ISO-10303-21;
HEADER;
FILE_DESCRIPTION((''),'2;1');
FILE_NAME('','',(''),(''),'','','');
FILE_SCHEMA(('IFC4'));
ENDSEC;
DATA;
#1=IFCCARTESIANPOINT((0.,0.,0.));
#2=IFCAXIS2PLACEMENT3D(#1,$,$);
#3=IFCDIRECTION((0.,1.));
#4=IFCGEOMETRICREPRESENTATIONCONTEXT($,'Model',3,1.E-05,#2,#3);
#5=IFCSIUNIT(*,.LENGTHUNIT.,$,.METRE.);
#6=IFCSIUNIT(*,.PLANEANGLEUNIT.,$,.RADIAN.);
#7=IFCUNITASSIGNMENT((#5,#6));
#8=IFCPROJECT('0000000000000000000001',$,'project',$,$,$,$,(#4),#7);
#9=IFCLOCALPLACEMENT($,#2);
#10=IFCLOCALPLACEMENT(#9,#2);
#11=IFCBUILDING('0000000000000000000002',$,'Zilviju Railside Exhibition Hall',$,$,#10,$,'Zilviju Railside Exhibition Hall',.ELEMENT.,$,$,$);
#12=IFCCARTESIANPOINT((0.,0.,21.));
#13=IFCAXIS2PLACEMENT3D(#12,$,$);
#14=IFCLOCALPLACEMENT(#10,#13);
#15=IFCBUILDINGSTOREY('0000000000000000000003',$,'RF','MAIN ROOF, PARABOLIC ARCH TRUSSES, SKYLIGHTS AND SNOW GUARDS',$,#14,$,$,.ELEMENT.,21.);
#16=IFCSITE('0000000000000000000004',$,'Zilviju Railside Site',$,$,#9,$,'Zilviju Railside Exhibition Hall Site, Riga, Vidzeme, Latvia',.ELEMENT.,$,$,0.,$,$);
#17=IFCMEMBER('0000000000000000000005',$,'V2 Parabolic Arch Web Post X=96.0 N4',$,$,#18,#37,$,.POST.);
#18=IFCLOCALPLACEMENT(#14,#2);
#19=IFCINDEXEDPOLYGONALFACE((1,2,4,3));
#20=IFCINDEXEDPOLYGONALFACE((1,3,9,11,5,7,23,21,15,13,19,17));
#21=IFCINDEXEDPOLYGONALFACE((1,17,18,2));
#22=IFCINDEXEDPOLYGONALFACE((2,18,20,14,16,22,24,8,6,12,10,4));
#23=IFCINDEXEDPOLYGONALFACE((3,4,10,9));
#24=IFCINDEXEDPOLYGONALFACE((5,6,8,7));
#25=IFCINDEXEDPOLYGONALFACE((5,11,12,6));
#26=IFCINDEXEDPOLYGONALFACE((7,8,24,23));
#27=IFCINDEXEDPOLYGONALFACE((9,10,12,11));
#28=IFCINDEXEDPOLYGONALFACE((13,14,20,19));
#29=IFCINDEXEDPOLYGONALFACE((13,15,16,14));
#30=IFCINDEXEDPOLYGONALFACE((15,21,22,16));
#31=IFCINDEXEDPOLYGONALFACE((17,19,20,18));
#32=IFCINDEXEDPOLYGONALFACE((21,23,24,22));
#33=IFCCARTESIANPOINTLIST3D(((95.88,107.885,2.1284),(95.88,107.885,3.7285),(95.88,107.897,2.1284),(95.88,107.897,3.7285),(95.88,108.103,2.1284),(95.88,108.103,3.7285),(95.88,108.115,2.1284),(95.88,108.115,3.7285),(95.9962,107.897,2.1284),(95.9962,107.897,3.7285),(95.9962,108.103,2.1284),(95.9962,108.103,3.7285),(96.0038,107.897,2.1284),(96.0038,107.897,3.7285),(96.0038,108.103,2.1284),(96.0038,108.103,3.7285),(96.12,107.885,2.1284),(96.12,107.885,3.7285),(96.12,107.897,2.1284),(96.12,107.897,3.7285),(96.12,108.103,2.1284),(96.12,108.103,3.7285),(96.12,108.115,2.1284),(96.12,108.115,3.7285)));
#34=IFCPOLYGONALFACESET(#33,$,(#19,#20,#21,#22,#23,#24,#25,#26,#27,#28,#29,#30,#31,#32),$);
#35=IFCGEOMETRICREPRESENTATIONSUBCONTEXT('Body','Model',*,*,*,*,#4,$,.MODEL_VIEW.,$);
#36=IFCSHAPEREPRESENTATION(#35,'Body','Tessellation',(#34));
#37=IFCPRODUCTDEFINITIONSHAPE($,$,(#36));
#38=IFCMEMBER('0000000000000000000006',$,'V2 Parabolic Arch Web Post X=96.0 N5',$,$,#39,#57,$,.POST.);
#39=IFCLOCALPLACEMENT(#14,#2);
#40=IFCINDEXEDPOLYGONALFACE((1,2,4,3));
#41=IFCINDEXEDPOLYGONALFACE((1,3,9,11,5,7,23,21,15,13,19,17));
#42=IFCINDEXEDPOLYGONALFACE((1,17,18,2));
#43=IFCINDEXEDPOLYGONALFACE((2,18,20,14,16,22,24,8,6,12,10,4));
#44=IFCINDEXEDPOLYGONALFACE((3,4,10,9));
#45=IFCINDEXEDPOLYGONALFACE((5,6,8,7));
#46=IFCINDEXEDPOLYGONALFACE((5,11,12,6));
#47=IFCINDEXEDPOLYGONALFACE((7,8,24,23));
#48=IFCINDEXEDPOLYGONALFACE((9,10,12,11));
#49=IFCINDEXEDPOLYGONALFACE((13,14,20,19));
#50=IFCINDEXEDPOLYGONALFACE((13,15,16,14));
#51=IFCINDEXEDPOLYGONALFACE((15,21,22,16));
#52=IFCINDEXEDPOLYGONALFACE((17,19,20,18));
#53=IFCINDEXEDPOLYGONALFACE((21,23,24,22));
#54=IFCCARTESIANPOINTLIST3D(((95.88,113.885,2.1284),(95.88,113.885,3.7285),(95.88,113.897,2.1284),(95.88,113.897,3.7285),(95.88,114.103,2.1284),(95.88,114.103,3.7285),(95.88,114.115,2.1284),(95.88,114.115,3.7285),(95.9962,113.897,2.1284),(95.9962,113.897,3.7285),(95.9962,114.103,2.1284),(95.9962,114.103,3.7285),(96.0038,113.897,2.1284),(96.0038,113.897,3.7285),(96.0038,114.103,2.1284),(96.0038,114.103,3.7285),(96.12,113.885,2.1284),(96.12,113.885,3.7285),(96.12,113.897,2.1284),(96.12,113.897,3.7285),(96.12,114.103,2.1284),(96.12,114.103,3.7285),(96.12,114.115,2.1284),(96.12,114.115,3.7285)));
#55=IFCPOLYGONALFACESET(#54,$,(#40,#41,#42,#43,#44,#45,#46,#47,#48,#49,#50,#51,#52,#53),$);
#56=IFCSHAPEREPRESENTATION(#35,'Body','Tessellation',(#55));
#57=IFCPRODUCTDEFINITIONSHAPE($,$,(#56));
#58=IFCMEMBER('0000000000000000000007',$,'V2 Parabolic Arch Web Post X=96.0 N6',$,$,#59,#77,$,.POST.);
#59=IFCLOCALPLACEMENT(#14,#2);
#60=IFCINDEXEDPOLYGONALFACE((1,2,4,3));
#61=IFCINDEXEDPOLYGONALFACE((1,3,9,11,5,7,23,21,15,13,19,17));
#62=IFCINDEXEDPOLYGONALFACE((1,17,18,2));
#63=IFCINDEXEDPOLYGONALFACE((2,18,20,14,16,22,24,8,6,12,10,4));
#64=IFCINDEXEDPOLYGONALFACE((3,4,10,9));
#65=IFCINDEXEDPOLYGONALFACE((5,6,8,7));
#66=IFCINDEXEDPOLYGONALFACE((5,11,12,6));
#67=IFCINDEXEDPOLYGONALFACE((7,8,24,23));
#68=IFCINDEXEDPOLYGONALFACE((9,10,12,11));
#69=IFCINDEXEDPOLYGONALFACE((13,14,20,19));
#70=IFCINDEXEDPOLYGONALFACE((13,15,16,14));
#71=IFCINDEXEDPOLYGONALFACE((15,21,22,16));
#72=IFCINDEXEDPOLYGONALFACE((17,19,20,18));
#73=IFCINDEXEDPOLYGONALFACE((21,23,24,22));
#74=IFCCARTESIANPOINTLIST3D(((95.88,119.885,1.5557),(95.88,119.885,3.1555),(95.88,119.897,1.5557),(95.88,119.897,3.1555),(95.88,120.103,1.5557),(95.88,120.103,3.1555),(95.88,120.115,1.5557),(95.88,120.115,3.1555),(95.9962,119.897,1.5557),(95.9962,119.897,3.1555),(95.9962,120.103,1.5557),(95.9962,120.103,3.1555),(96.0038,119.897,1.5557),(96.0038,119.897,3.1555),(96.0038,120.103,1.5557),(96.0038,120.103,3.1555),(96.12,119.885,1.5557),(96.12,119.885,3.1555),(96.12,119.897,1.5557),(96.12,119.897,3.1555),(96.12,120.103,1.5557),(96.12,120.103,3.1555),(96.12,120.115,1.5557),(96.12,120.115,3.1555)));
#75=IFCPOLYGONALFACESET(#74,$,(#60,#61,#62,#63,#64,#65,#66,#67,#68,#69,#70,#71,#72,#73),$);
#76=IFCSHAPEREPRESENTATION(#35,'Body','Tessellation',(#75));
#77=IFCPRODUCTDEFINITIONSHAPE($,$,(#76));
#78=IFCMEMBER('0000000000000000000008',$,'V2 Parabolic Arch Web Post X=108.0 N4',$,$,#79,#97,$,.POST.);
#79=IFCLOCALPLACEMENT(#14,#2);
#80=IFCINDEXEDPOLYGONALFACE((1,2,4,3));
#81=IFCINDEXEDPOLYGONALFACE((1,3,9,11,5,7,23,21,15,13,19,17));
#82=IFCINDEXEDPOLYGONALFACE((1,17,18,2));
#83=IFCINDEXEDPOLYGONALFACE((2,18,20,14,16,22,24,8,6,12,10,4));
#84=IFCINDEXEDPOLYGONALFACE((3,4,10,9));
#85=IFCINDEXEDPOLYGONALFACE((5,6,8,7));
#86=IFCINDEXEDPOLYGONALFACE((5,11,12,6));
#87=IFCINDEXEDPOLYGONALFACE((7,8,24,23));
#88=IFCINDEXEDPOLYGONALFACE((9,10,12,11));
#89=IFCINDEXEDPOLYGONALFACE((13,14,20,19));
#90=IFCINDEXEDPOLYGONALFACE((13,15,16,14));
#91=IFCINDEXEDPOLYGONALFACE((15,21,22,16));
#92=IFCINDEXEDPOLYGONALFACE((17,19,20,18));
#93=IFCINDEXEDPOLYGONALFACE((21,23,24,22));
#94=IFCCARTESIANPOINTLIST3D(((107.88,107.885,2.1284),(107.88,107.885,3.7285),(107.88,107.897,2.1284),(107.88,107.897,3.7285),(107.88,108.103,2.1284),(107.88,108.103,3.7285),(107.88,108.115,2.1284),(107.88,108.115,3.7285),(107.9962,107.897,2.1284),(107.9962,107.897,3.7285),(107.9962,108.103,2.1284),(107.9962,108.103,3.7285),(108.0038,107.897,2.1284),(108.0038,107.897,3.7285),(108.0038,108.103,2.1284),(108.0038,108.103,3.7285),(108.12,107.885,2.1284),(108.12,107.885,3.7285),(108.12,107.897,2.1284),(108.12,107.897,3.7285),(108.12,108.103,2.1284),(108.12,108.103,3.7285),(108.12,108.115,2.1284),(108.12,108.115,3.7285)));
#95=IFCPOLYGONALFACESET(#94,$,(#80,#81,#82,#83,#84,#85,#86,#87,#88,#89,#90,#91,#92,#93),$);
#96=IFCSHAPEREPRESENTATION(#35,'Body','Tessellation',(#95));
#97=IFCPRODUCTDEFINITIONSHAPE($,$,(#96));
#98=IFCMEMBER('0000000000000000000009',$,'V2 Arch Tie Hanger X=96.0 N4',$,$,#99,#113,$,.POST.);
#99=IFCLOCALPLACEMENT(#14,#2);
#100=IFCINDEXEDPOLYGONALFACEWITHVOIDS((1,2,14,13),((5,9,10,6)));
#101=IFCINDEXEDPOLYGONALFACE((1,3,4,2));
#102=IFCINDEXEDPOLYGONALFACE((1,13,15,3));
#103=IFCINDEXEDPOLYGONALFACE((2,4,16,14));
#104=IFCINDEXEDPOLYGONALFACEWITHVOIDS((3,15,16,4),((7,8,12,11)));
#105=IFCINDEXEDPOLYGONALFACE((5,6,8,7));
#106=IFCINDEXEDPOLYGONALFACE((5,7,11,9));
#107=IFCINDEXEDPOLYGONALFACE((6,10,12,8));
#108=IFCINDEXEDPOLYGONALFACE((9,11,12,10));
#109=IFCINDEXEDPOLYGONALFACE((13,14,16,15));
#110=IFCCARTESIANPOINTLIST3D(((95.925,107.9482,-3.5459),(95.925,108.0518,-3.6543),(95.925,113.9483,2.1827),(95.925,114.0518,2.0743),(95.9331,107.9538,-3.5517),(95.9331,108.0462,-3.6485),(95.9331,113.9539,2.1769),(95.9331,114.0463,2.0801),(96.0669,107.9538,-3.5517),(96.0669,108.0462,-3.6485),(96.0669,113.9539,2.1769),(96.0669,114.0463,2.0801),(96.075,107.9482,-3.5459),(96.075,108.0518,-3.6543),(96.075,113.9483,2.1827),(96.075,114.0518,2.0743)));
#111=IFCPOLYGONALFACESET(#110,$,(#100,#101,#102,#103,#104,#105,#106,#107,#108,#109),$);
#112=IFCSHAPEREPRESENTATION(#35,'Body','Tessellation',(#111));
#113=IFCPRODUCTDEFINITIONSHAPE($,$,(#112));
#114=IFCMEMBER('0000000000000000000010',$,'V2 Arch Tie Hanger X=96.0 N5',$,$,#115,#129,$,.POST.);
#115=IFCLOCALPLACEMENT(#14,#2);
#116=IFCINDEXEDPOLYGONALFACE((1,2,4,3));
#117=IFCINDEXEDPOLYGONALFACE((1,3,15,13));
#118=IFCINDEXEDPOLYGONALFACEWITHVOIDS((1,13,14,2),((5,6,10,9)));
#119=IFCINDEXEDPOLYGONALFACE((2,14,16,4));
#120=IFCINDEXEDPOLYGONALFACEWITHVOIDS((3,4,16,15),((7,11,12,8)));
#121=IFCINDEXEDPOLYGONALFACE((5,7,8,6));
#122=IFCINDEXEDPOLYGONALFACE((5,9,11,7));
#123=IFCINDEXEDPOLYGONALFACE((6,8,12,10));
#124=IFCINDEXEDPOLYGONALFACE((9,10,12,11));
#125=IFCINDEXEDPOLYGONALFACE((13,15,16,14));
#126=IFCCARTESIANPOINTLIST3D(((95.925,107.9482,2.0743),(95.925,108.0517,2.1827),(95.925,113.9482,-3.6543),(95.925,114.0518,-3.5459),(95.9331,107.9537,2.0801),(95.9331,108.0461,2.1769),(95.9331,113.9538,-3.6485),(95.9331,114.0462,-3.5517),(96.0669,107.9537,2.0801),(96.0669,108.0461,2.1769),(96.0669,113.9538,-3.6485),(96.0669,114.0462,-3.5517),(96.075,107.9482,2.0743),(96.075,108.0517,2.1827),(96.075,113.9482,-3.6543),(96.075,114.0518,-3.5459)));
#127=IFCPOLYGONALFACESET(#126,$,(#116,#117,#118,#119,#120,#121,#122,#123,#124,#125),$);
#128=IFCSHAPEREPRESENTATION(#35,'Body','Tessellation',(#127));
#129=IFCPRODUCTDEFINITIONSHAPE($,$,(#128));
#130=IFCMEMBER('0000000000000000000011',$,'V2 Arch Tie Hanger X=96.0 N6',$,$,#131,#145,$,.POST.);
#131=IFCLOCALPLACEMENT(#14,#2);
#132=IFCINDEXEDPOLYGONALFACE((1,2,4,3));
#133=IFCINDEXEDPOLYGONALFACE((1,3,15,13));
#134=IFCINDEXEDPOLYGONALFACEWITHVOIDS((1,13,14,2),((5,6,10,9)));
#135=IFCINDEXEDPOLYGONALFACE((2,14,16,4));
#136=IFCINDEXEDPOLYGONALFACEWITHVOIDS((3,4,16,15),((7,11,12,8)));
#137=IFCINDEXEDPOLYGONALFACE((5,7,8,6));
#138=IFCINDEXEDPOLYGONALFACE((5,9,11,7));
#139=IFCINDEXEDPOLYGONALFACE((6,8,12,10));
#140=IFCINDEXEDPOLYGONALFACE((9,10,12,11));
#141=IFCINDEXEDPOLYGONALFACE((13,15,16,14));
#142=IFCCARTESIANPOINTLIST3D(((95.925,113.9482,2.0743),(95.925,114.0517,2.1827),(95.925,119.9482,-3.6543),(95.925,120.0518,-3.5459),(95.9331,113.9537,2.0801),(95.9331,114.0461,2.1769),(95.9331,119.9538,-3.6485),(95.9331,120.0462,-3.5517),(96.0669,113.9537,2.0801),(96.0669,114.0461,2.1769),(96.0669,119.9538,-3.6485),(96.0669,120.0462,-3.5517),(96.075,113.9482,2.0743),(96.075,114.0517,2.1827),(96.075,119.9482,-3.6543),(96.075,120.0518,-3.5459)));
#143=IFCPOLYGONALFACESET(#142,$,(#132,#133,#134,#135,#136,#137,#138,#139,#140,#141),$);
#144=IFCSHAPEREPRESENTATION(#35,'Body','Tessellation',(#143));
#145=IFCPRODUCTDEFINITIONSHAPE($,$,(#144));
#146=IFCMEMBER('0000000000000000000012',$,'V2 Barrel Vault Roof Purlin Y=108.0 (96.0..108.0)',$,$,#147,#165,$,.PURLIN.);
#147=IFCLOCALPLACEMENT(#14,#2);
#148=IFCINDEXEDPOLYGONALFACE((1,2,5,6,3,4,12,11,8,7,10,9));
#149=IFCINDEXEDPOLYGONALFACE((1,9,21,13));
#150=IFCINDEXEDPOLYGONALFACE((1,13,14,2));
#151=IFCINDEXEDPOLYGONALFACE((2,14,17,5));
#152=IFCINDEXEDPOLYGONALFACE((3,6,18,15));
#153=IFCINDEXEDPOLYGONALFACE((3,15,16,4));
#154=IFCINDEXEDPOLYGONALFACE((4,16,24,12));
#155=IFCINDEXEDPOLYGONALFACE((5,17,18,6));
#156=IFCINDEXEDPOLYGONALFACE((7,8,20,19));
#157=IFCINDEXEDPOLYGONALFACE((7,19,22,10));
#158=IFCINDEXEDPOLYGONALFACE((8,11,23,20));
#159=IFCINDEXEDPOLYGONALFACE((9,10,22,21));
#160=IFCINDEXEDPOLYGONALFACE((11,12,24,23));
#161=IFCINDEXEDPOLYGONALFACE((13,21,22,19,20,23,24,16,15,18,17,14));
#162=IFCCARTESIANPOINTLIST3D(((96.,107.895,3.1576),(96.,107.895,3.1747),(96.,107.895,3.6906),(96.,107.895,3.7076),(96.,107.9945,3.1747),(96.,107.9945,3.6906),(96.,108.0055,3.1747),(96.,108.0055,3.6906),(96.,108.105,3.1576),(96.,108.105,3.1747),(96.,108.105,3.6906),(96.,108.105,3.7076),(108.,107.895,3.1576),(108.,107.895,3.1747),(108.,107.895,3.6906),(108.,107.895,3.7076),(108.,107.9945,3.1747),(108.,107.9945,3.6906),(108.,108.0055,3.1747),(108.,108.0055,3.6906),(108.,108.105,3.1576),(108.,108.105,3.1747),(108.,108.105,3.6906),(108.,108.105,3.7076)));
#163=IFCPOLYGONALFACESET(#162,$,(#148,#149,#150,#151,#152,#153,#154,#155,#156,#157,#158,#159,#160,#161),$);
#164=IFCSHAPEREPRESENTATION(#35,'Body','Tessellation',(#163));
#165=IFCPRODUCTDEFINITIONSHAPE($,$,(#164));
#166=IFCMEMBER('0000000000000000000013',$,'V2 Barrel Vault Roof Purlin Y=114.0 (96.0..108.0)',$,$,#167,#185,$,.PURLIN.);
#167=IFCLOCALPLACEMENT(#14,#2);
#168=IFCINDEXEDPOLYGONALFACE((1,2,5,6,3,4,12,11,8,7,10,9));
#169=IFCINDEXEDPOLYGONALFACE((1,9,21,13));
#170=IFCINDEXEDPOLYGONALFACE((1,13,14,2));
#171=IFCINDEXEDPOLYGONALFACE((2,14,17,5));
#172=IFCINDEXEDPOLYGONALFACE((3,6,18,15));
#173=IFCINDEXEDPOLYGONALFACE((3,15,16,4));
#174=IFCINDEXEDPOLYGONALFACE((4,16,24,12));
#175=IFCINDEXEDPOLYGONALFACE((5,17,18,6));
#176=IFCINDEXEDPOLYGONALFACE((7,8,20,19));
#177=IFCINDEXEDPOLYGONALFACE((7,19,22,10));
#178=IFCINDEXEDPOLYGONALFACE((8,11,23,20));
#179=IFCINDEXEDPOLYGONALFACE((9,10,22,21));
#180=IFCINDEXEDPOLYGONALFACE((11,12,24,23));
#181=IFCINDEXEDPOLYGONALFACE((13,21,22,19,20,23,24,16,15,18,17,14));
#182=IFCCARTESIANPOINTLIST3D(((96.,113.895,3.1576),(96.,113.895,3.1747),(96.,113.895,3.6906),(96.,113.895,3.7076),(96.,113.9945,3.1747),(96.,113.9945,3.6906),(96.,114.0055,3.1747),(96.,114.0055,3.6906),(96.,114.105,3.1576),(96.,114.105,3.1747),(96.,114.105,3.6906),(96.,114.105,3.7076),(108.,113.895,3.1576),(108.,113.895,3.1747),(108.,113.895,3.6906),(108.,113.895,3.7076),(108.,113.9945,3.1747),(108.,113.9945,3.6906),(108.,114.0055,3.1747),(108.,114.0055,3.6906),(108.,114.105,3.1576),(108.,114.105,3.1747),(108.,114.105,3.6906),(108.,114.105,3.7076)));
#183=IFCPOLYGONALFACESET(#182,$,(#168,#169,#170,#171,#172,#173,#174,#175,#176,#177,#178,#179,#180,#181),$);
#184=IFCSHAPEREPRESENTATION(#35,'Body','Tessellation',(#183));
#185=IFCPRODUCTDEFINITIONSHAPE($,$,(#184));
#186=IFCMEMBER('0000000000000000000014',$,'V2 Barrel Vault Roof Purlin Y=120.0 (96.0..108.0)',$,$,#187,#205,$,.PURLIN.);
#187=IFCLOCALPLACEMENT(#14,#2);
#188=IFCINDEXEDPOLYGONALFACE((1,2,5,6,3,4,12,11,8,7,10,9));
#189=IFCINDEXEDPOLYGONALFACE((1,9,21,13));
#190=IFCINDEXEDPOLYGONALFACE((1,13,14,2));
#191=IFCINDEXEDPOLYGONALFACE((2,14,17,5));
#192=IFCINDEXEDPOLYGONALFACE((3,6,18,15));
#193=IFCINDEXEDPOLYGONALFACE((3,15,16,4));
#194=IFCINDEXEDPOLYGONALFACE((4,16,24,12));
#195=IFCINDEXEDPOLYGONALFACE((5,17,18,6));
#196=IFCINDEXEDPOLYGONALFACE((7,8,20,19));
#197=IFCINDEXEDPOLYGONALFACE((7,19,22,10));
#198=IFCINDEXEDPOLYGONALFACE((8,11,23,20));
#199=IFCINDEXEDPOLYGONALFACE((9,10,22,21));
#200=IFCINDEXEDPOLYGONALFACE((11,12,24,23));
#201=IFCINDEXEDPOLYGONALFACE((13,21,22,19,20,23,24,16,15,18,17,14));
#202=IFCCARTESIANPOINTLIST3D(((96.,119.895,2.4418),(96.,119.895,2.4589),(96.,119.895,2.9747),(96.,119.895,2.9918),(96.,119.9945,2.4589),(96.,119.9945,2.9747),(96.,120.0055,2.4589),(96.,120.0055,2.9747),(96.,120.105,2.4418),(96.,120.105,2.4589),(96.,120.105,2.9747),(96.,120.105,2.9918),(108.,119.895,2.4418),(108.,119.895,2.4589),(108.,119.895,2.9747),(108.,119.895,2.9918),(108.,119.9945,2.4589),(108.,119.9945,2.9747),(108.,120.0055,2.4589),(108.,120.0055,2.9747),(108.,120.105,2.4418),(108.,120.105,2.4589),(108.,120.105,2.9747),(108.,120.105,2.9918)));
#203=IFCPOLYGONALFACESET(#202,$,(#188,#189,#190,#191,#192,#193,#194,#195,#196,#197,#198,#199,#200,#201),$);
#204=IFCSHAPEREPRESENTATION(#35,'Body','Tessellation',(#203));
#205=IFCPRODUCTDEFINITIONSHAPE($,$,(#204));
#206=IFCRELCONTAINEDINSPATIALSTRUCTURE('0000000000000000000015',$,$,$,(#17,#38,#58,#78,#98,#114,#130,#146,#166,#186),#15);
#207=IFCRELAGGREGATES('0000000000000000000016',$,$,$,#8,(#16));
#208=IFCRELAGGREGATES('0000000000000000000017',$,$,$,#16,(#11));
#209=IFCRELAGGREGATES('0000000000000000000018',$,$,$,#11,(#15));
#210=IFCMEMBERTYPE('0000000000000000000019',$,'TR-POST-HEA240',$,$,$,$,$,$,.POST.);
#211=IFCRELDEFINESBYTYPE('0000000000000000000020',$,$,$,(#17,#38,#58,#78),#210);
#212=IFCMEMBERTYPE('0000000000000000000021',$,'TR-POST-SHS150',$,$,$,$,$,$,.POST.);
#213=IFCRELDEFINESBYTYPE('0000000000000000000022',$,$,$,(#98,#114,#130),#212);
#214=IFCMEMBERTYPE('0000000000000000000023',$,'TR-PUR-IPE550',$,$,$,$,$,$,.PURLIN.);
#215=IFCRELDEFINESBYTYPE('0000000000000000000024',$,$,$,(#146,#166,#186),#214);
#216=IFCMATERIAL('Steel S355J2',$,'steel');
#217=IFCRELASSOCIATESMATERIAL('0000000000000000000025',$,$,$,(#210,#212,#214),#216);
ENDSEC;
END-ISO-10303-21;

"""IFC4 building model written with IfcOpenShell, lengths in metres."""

from ifc_helpers import new_model, si_unit, direction, frame, origin, origin_2d, place, context, subcontext, project, spatial, hollow_rectangle, i_section, extrude, material, material_profile, profile_set, type_object, element, save


model = new_model("IFC4")

# Units and contexts
model_context = context("Model", 3, precision=1e-05, world=origin(), true_north=direction((0.0, 1.0)))
body_context = subcontext(model_context, "Body", "Model", "MODEL_VIEW")
ifc_project = project(units=[si_unit("LENGTHUNIT", "METRE"), si_unit("PLANEANGLEUNIT", "RADIAN")], contexts=[model_context])

# Site, building, storey
site_placement = place(None, origin())
site = spatial("IfcSite", under=ifc_project, at=site_placement, Name="Zilviju Railside Site", LongName="Zilviju Railside Exhibition Hall Site, Riga, Vidzeme, Latvia", CompositionType="ELEMENT", RefElevation=0.0)
building_placement = place(site_placement, origin())
building = spatial("IfcBuilding", under=site, at=building_placement, Name="Zilviju Railside Exhibition Hall", LongName="Zilviju Railside Exhibition Hall", CompositionType="ELEMENT")
storey_placement = place(building_placement, frame((0.0, 0.0, 21.0)))
storey = spatial("IfcBuildingStorey", under=building, at=storey_placement, Name="RF", Description="MAIN ROOF, PARABOLIC ARCH TRUSSES, SKYLIGHTS AND SNOW GUARDS", CompositionType="ELEMENT", Elevation=21.0)

# Members
ifc_material_1 = material(Name="Steel S355J2", Category="steel")
ifc_material_profile_1 = material_profile(ifc_material_1, i_section(OverallWidth=0.24, OverallDepth=0.23, WebThickness=0.0076, FlangeThickness=0.012, at=origin_2d()), Name="HEA 240")
ifc_profile_set_1 = profile_set([ifc_material_profile_1], Name="Steel S355J2")
member_type_1 = type_object("IfcMemberType", Name="TR-POST-HEA240", PredefinedType="POST", material=ifc_profile_set_1)
for number, where, z_axis, x_axis, name in (
    (1, (96.0, 108.0, 2.1284), (0.0, 0.0, 1.0), (1.0, 0.0, 0.0), "V2 Parabolic Arch Web Post X=96.0 N4"),
    (2, (96.0, 114.0, 2.1284), (0.0, 0.0, 1.0), (1.0, 0.0, 0.0), "V2 Parabolic Arch Web Post X=96.0 N5"),
):
    element("IfcMember", number, at=place(storey_placement, frame(where, z_axis=z_axis, x_axis=x_axis)), inside=storey, type_object=member_type_1, Name=name, PredefinedType="POST", context=body_context, shape_type="SweptSolid", body=[
        extrude(i_section(OverallWidth=0.24, OverallDepth=0.23, WebThickness=0.0076, FlangeThickness=0.012, at=origin_2d()), origin(), (0.0, 0.0, 1.0), 1.6001),
    ])
member_1_placement = place(storey_placement, frame((96.0, 120.0, 1.5557), z_axis=(0.0, 0.0, 1.0), x_axis=(1.0, 0.0, 0.0)))
element("IfcMember", 3, at=member_1_placement, inside=storey, type_object=member_type_1, Name="V2 Parabolic Arch Web Post X=96.0 N6", PredefinedType="POST", context=body_context, shape_type="SweptSolid", body=[
    extrude(i_section(OverallWidth=0.24, OverallDepth=0.23, WebThickness=0.0076, FlangeThickness=0.012, at=origin_2d()), origin(), (0.0, 0.0, 1.0), 1.5999),
])
member_2_placement = place(storey_placement, frame((108.0, 108.0, 2.1284), z_axis=(0.0, 0.0, 1.0), x_axis=(1.0, 0.0, 0.0)))
element("IfcMember", 4, at=member_2_placement, inside=storey, type_object=member_type_1, Name="V2 Parabolic Arch Web Post X=108.0 N4", PredefinedType="POST", context=body_context, shape_type="SweptSolid", body=[
    extrude(i_section(OverallWidth=0.24, OverallDepth=0.23, WebThickness=0.0076, FlangeThickness=0.012, at=origin_2d()), origin(), (0.0, 0.0, 1.0), 1.6001),
])
ifc_material_profile_2 = material_profile(ifc_material_1, hollow_rectangle(XDim=0.1499, YDim=0.1499, WallThickness=0.0081, at=origin_2d()), Name="SHS 150x150x8.0")
ifc_profile_set_2 = profile_set([ifc_material_profile_2], Name="Steel S355J2")
member_type_2 = type_object("IfcMemberType", Name="TR-POST-SHS150", PredefinedType="POST", material=ifc_profile_set_2)
for number, where, z_axis, x_axis, name in (
    (5, (96.0, 108.0, -3.6001), (0.0, 0.723281, 0.690554), (-1.0, 0.0, 0.0), "V2 Arch Tie Hanger X=96.0 N4"),
    (6, (96.0, 114.0, -3.6001), (0.0, -0.723281, 0.690554), (1.0, 0.0, 0.0), "V2 Arch Tie Hanger X=96.0 N5"),
    (7, (96.0, 120.0, -3.6001), (0.0, -0.723281, 0.690554), (1.0, 0.0, 0.0), "V2 Arch Tie Hanger X=96.0 N6"),
):
    element("IfcMember", number, at=place(storey_placement, frame(where, z_axis=z_axis, x_axis=x_axis)), inside=storey, type_object=member_type_2, Name=name, PredefinedType="POST", context=body_context, shape_type="SweptSolid", body=[
        extrude(hollow_rectangle(XDim=0.1499, YDim=0.1499, WallThickness=0.0081, at=origin_2d()), origin(), (0.0, 0.0, 1.0), 8.2957),
    ])
ifc_material_profile_3 = material_profile(ifc_material_1, i_section(OverallWidth=0.21, OverallDepth=0.55, WebThickness=0.011, FlangeThickness=0.0171, at=origin_2d()), Name="IPE 550")
ifc_profile_set_3 = profile_set([ifc_material_profile_3], Name="Steel S355J2")
member_type_3 = type_object("IfcMemberType", Name="TR-PUR-IPE550", PredefinedType="PURLIN", material=ifc_profile_set_3)
for number, where, z_axis, x_axis, name in (
    (8, (96.0, 108.0, 3.4326), (1.0, 0.0, 0.0), (0.0, 1.0, 0.0), "V2 Barrel Vault Roof Purlin Y=108.0 (96.0..108.0)"),
    (9, (96.0, 114.0, 3.4326), (1.0, 0.0, 0.0), (0.0, 1.0, 0.0), "V2 Barrel Vault Roof Purlin Y=114.0 (96.0..108.0)"),
    (10, (96.0, 120.0, 2.7168), (1.0, 0.0, 0.0), (0.0, 1.0, 0.0), "V2 Barrel Vault Roof Purlin Y=120.0 (96.0..108.0)"),
):
    element("IfcMember", number, at=place(storey_placement, frame(where, z_axis=z_axis, x_axis=x_axis)), inside=storey, type_object=member_type_3, Name=name, PredefinedType="PURLIN", context=body_context, shape_type="SweptSolid", body=[
        extrude(i_section(OverallWidth=0.21, OverallDepth=0.55, WebThickness=0.011, FlangeThickness=0.0171, at=origin_2d()), origin(), (0.0, 0.0, 1.0), 12.0),
    ])

save(model, "model.ifc")
